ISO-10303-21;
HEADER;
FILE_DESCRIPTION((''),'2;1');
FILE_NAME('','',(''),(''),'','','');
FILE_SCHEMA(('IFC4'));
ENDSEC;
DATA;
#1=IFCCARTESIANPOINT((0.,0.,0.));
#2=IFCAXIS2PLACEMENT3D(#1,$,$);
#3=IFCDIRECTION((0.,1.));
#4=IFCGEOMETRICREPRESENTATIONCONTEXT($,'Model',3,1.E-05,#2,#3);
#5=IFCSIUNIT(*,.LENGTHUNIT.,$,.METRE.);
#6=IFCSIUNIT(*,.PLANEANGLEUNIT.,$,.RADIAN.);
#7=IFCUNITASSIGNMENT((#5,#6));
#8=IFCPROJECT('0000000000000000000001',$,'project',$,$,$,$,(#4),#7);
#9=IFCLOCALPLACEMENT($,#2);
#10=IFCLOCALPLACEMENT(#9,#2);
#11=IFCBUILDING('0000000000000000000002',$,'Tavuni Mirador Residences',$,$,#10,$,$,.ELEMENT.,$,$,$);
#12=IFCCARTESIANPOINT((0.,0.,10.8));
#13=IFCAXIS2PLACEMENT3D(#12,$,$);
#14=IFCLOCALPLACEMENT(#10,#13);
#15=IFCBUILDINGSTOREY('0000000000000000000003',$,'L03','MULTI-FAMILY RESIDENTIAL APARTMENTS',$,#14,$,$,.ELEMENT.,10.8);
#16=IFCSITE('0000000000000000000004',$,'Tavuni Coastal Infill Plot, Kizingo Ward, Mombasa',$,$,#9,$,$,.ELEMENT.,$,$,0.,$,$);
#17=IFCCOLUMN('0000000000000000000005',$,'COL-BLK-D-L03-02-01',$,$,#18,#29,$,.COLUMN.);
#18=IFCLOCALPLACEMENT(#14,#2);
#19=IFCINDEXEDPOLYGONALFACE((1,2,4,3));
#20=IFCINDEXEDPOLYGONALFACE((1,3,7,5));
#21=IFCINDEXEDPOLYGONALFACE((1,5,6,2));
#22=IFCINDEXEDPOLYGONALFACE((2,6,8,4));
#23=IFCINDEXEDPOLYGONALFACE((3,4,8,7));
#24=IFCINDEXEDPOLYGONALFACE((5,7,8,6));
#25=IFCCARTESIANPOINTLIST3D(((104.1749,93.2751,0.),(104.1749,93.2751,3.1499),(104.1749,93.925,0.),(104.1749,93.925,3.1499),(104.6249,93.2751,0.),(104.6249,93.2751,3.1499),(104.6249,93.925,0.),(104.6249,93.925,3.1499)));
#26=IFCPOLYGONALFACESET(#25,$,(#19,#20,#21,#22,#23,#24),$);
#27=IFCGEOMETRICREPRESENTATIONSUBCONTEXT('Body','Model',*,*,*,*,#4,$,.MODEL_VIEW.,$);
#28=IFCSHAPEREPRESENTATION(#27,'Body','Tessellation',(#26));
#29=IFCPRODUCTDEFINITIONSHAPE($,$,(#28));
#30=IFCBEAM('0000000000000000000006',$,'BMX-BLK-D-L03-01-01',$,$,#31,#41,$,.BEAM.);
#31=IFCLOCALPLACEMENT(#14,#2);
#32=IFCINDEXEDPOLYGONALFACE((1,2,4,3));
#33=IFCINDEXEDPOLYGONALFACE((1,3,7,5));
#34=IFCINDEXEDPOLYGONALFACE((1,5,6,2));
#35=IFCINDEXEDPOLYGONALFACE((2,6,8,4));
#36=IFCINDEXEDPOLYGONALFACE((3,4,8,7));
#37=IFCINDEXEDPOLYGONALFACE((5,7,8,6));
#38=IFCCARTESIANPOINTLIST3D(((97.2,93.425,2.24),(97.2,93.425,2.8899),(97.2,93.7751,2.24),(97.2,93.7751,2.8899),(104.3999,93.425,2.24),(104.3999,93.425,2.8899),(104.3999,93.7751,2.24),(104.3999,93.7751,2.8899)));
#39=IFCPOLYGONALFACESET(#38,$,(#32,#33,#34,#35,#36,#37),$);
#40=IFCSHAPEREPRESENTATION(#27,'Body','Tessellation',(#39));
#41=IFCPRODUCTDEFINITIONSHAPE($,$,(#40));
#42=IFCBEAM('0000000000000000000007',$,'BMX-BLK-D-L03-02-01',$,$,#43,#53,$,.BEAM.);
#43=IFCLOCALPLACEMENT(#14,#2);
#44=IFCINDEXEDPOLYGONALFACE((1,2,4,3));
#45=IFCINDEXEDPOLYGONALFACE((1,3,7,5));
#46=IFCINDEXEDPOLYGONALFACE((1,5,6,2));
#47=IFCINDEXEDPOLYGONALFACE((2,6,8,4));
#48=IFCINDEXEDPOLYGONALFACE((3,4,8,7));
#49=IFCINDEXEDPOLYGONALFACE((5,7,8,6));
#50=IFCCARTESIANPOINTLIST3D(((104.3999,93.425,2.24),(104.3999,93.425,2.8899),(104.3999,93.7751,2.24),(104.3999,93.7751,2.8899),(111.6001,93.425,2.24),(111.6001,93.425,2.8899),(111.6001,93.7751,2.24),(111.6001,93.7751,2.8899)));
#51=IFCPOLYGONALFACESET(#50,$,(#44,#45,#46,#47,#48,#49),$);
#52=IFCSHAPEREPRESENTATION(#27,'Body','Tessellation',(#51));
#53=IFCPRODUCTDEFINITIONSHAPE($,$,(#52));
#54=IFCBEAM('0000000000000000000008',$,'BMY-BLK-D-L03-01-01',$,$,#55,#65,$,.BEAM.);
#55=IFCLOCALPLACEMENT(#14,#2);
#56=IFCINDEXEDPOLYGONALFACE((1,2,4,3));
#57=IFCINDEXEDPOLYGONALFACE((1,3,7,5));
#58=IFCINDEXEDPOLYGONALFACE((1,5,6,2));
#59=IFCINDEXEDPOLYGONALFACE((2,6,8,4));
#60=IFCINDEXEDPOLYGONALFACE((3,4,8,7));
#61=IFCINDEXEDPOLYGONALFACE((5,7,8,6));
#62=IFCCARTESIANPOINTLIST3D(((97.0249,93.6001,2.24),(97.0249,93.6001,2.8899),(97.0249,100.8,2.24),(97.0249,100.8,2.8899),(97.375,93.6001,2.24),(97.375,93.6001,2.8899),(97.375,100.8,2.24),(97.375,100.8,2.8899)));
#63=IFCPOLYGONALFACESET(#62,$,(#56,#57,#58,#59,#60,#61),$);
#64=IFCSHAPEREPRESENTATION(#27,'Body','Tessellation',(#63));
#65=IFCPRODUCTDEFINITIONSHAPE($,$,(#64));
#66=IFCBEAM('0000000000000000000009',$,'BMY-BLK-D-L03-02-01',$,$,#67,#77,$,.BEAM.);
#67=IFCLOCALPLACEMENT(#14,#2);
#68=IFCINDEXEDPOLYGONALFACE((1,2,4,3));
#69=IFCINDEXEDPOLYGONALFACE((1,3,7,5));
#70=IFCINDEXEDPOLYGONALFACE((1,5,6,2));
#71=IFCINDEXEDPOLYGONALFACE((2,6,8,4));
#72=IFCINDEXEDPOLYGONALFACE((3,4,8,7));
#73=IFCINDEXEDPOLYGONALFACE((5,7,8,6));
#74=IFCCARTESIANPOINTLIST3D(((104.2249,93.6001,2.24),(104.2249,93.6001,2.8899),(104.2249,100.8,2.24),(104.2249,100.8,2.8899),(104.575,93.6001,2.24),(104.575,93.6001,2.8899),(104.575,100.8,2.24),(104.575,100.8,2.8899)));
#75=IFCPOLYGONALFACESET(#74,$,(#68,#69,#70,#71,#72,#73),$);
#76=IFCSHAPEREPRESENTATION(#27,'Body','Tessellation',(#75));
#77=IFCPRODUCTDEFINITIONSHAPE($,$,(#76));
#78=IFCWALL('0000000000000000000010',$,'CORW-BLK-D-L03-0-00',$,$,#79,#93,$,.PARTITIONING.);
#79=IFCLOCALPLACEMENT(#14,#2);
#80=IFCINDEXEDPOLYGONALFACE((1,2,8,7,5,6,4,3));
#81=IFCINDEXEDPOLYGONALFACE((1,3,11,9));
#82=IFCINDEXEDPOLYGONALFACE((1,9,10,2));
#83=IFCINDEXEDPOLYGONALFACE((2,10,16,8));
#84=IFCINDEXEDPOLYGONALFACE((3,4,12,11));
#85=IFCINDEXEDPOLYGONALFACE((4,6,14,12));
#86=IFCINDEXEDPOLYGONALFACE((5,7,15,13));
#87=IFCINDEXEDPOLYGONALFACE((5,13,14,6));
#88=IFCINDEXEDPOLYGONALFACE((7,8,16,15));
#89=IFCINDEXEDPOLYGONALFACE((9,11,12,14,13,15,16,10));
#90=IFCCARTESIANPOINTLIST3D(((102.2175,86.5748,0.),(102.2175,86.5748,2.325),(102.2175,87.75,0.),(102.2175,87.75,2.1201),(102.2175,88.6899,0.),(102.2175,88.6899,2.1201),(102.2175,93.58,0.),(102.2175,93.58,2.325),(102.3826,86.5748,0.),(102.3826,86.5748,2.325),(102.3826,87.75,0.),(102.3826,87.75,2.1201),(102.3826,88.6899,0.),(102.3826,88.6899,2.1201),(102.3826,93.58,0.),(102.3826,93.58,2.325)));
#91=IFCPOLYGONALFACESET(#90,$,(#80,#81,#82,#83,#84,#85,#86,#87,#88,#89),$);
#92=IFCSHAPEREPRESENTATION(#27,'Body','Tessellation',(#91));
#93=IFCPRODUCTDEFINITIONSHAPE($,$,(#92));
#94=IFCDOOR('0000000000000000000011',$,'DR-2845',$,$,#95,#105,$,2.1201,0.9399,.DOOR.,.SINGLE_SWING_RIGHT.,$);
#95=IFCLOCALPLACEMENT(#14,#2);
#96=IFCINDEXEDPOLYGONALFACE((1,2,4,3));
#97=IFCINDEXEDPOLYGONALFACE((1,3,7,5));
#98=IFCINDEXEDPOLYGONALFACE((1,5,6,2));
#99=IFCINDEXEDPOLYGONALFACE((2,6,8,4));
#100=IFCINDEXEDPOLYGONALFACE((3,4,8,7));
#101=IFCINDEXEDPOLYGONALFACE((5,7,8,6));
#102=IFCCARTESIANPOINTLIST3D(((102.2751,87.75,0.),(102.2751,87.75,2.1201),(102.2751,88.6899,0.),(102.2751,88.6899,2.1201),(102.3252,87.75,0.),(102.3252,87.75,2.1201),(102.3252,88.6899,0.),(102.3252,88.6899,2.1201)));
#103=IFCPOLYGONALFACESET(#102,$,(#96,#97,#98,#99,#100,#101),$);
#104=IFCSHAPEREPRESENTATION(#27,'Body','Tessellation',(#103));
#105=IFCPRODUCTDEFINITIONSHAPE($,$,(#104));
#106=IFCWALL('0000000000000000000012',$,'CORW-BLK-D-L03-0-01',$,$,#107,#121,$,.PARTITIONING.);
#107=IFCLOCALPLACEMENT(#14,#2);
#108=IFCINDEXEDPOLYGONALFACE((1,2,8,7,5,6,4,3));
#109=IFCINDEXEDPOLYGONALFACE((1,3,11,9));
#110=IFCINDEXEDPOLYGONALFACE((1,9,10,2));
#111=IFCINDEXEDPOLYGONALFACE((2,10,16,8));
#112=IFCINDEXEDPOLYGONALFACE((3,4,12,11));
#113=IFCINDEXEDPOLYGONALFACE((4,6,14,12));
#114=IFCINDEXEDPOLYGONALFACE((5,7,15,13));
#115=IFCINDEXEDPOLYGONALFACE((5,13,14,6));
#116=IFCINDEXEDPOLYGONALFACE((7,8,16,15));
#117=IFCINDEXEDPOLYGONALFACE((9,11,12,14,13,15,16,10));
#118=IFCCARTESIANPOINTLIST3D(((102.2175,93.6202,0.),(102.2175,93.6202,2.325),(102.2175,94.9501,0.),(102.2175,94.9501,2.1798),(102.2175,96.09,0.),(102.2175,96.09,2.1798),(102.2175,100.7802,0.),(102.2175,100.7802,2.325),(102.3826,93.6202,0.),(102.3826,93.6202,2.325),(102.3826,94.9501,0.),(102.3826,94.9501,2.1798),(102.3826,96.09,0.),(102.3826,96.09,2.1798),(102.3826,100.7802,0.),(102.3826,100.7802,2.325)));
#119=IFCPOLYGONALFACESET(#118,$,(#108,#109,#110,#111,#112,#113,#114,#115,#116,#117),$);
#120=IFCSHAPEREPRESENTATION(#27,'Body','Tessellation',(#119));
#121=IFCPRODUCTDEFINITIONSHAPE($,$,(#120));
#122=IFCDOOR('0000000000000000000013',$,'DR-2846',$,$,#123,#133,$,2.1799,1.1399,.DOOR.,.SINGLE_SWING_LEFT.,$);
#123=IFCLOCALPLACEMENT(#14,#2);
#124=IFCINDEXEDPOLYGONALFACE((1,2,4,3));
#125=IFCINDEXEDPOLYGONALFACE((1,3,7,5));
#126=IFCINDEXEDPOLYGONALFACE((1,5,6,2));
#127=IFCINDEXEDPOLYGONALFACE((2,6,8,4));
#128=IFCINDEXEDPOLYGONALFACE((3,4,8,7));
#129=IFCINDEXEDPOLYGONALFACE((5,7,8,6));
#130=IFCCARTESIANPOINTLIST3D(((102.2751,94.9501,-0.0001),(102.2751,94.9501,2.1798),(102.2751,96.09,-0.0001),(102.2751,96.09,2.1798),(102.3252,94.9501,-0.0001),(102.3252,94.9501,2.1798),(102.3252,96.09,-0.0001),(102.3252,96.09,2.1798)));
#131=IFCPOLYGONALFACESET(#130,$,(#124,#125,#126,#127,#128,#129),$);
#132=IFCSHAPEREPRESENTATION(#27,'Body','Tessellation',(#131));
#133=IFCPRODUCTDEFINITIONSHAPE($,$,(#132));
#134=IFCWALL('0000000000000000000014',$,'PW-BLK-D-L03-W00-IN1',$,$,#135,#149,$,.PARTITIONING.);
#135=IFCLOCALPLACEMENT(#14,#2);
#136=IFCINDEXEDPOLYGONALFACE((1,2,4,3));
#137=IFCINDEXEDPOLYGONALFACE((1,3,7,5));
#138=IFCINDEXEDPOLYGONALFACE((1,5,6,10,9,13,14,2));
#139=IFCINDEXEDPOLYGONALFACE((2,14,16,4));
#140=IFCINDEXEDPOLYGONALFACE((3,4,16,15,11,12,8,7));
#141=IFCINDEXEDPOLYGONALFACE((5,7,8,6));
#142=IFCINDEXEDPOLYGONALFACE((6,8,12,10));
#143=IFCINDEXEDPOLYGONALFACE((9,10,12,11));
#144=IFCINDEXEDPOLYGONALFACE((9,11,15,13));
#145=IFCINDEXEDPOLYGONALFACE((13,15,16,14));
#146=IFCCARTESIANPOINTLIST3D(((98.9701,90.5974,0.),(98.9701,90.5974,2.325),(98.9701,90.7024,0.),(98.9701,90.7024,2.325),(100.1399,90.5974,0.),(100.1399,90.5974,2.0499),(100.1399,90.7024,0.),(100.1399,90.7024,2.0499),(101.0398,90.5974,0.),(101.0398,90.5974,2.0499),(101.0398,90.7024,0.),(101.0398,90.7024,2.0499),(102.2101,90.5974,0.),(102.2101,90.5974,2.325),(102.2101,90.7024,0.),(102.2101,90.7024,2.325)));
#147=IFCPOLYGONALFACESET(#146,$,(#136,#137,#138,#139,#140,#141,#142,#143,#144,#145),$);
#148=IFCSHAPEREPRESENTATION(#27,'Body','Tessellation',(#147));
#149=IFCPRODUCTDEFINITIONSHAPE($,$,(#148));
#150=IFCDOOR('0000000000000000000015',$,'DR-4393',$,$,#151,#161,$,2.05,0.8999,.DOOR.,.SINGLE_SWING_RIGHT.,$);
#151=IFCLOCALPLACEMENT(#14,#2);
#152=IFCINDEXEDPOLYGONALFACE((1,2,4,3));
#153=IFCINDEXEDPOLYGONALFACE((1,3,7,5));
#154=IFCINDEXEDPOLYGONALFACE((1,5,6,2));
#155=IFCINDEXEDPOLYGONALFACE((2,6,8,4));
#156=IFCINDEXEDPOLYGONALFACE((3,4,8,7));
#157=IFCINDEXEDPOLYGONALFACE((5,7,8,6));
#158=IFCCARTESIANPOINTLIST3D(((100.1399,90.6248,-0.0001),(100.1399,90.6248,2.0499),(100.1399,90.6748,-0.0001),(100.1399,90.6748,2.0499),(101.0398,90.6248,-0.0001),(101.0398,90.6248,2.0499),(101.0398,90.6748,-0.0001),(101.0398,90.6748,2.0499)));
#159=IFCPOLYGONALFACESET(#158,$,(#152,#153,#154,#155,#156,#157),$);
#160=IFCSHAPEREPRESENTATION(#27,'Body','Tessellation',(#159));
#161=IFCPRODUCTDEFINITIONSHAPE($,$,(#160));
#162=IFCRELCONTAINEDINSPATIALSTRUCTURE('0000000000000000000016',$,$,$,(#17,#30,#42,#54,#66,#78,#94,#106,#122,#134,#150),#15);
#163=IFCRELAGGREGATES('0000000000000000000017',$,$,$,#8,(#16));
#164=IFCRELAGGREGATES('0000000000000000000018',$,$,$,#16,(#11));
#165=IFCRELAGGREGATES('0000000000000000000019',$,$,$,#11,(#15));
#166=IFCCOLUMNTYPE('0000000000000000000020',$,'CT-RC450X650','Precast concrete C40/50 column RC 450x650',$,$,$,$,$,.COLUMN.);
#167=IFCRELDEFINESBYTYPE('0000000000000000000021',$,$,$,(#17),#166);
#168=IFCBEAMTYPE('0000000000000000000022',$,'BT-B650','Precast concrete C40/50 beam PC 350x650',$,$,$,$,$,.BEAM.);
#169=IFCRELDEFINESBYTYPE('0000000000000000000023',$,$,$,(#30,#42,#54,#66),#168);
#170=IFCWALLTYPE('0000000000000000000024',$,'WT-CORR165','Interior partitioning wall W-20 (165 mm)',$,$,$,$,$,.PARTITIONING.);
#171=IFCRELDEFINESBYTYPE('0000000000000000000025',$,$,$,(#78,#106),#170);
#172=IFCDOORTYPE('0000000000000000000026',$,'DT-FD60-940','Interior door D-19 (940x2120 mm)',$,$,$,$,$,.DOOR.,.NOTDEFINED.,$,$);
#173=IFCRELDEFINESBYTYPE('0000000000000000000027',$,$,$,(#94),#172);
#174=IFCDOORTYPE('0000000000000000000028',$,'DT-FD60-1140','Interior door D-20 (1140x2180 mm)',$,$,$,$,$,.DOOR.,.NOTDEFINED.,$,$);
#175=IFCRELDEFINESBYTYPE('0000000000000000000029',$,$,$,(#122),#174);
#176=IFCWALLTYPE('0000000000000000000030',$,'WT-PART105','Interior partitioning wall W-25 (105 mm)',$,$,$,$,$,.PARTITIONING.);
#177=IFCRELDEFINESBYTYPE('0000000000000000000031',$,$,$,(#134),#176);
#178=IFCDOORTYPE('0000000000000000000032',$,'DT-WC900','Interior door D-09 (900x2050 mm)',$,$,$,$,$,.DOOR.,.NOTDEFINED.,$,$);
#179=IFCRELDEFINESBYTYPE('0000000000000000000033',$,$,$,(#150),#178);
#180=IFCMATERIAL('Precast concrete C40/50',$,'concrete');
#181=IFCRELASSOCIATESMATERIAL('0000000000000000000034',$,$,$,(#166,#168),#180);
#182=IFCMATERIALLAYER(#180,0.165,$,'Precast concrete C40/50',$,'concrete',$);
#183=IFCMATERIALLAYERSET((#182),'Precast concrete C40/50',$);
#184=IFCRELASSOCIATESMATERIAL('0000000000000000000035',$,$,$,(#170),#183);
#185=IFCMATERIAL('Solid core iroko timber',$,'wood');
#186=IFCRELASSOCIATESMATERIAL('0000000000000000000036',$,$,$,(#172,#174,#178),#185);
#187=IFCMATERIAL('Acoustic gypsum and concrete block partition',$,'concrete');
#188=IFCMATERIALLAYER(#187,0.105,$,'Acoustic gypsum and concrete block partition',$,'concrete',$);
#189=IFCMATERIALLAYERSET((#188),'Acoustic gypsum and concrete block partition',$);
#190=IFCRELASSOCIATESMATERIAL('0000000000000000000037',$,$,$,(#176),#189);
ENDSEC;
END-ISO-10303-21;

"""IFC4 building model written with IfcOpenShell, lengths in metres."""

from ifc_helpers import new_model, si_unit, direction, frame, frame_2d, origin, origin_2d, place, context, subcontext, project, spatial, rectangle, extrude, material, layer, layer_set, material_profile, profile_set, type_object, element, fill, save


model = new_model("IFC4")

# Units and contexts
model_context = context("Model", 3, precision=1e-05, world=origin(), true_north=direction((0.0, 1.0)))
body_context = subcontext(model_context, "Body", "Model", "MODEL_VIEW")
ifc_project = project(units=[si_unit("LENGTHUNIT", "METRE"), si_unit("PLANEANGLEUNIT", "RADIAN")], contexts=[model_context])

# Site, building, storey
site_placement = place(None, origin())
site = spatial("IfcSite", under=ifc_project, at=site_placement, Name="Tavuni Coastal Infill Plot, Kizingo Ward, Mombasa", CompositionType="ELEMENT", RefElevation=0.0)
building_placement = place(site_placement, origin())
building = spatial("IfcBuilding", under=site, at=building_placement, Name="Tavuni Mirador Residences", CompositionType="ELEMENT")
storey_placement = place(building_placement, frame((0.0, 0.0, 10.8)))
storey = spatial("IfcBuildingStorey", under=building, at=storey_placement, Name="L03", Description="MULTI-FAMILY RESIDENTIAL APARTMENTS", CompositionType="ELEMENT", Elevation=10.8)

# Column
ifc_material_1 = material(Name="Precast concrete C40/50", Category="concrete")
ifc_material_profile_1 = material_profile(ifc_material_1, rectangle(XDim=0.45, YDim=0.6499, at=origin_2d()), Name="RC 450x650", Category="concrete")
ifc_profile_set_1 = profile_set([ifc_material_profile_1], Name="Precast concrete C40/50")
column_type = type_object("IfcColumnType", Name="CT-RC450X650", Description="Precast concrete C40/50 column RC 450x650", PredefinedType="COLUMN", material=ifc_profile_set_1)
column_placement = place(storey_placement, frame((104.3999, 93.6001, 0.0), z_axis=(0.0, 0.0, 1.0), x_axis=(1.0, 0.0, 0.0)))
element("IfcColumn", 1, at=column_placement, inside=storey, type_object=column_type, Name="COL-BLK-D-L03-02-01", PredefinedType="COLUMN", context=body_context, shape_type="SweptSolid", body=[
    extrude(rectangle(XDim=0.45, YDim=0.6499, at=origin_2d()), origin(), (0.0, 0.0, 1.0), 3.1499),
])

# Beams
ifc_material_profile_2 = material_profile(ifc_material_1, rectangle(XDim=0.3501, YDim=0.6499, at=origin_2d()), Name="PC 350x650", Category="concrete")
ifc_profile_set_2 = profile_set([ifc_material_profile_2], Name="Precast concrete C40/50")
beam_type = type_object("IfcBeamType", Name="BT-B650", Description="Precast concrete C40/50 beam PC 350x650", PredefinedType="BEAM", material=ifc_profile_set_2)
beam_1_placement = place(storey_placement, frame((97.2, 93.6001, 2.5649), z_axis=(1.0, 0.0, 0.0), x_axis=(0.0, 1.0, 0.0)))
element("IfcBeam", 2, at=beam_1_placement, inside=storey, type_object=beam_type, Name="BMX-BLK-D-L03-01-01", PredefinedType="BEAM", context=body_context, shape_type="SweptSolid", body=[
    extrude(rectangle(XDim=0.3501, YDim=0.6499, at=origin_2d()), origin(), (0.0, 0.0, 1.0), 7.2),
])
beam_2_placement = place(storey_placement, frame((104.3999, 93.6001, 2.5649), z_axis=(1.0, 0.0, 0.0), x_axis=(0.0, 1.0, 0.0)))
element("IfcBeam", 3, at=beam_2_placement, inside=storey, type_object=beam_type, Name="BMX-BLK-D-L03-02-01", PredefinedType="BEAM", context=body_context, shape_type="SweptSolid", body=[
    extrude(rectangle(XDim=0.3501, YDim=0.6499, at=origin_2d()), origin(), (0.0, 0.0, 1.0), 7.2002),
])
for number, where, z_axis, x_axis, name in (
    (4, (97.2, 93.6001, 2.5649), (0.0, 1.0, 0.0), (-1.0, 0.0, 0.0), "BMY-BLK-D-L03-01-01"),
    (5, (104.3999, 93.6001, 2.5649), (0.0, 1.0, 0.0), (-1.0, 0.0, 0.0), "BMY-BLK-D-L03-02-01"),
):
    element("IfcBeam", number, at=place(storey_placement, frame(where, z_axis=z_axis, x_axis=x_axis)), inside=storey, type_object=beam_type, Name=name, PredefinedType="BEAM", context=body_context, shape_type="SweptSolid", body=[
        extrude(rectangle(XDim=0.3501, YDim=0.6499, at=origin_2d()), origin(), (0.0, 0.0, 1.0), 7.2),
    ])

# Walls, openings, doors
ifc_layer_1 = layer(ifc_material_1, 0.165, Name="Precast concrete C40/50", Category="concrete")
ifc_layer_set_1 = layer_set([ifc_layer_1], Name="Precast concrete C40/50")
wall_type_1 = type_object("IfcWallType", Name="WT-CORR165", Description="Interior partitioning wall W-20 (165 mm)", PredefinedType="PARTITIONING", material=ifc_layer_set_1)
wall_1_placement = place(storey_placement, frame((102.3, 86.575, 0.0), z_axis=(0.0, 0.0, 1.0), x_axis=(0.0, 1.0, 0.0)))
wall_1 = element("IfcWall", 6, at=wall_1_placement, inside=storey, type_object=wall_type_1, Name="CORW-BLK-D-L03-0-00", PredefinedType="PARTITIONING", context=body_context, shape_type="SweptSolid", body=[
    extrude(rectangle(XDim=7.0051, YDim=0.165, at=frame_2d((3.5024, 0.0))), origin(), (0.0, 0.0, 1.0), 2.325),
])
opening_1_placement = place(wall_1_placement, frame((1.175, 0.0, 0.0)))
opening_1 = element("IfcOpeningElement", 7, at=opening_1_placement, cuts=wall_1, PredefinedType="OPENING", context=body_context, shape_type="SweptSolid", body=[
    extrude(rectangle(XDim=0.9399, YDim=2.1201, at=frame_2d((0.47, 1.0601))), frame((0.0, 0.0925, 0.0), z_axis=(0.0, -1.0, 0.0), x_axis=(1.0, 0.0, 0.0)), (0.0, 0.0, 1.0), 0.1851),
])
ifc_material_2 = material(Name="Solid core iroko timber", Category="wood")
door_type_1 = type_object("IfcDoorType", Name="DT-FD60-940", Description="Interior door D-19 (940x2120 mm)", OperationType="NOTDEFINED", PredefinedType="DOOR", material=ifc_material_2)
door_1_placement = place(opening_1_placement, origin())
door_1 = element("IfcDoor", 8, at=door_1_placement, inside=storey, type_object=door_type_1, Name="DR-2845", OperationType="SINGLE_SWING_RIGHT", OverallHeight=2.1201, OverallWidth=0.9399, PredefinedType="DOOR", context=body_context, shape_type="SweptSolid", body=[
    extrude(rectangle(XDim=0.9399, YDim=2.1201, at=frame_2d((0.47, 1.0601))), frame((0.0, 0.0249, 0.0), z_axis=(0.0, -1.0, 0.0), x_axis=(1.0, 0.0, 0.0)), (0.0, 0.0, 1.0), 0.05),
])
fill(opening_1, door_1)
wall_2_placement = place(storey_placement, frame((102.3, 93.6201, 0.0), z_axis=(0.0, 0.0, 1.0), x_axis=(0.0, 1.0, 0.0)))
wall_2 = element("IfcWall", 9, at=wall_2_placement, inside=storey, type_object=wall_type_1, Name="CORW-BLK-D-L03-0-01", PredefinedType="PARTITIONING", context=body_context, shape_type="SweptSolid", body=[
    extrude(rectangle(XDim=7.1599, YDim=0.165, at=frame_2d((3.5801, 0.0))), origin(), (0.0, 0.0, 1.0), 2.325),
])
opening_2_placement = place(wall_2_placement, frame((1.3301, 0.0, 0.0)))
opening_2 = element("IfcOpeningElement", 10, at=opening_2_placement, cuts=wall_2, PredefinedType="OPENING", context=body_context, shape_type="SweptSolid", body=[
    extrude(rectangle(XDim=1.1399, YDim=2.1799, at=frame_2d((0.5698, 1.0898))), frame((0.0, 0.0925, 0.0), z_axis=(0.0, -1.0, 0.0), x_axis=(1.0, 0.0, 0.0)), (0.0, 0.0, 1.0), 0.1851),
])
door_type_2 = type_object("IfcDoorType", Name="DT-FD60-1140", Description="Interior door D-20 (1140x2180 mm)", OperationType="NOTDEFINED", PredefinedType="DOOR", material=ifc_material_2)
door_2_placement = place(opening_2_placement, origin())
door_2 = element("IfcDoor", 11, at=door_2_placement, inside=storey, type_object=door_type_2, Name="DR-2846", OperationType="SINGLE_SWING_LEFT", OverallHeight=2.1799, OverallWidth=1.1399, PredefinedType="DOOR", context=body_context, shape_type="SweptSolid", body=[
    extrude(rectangle(XDim=1.1399, YDim=2.1799, at=frame_2d((0.5698, 1.0898))), frame((0.0, 0.0249, 0.0), z_axis=(0.0, -1.0, 0.0), x_axis=(1.0, 0.0, 0.0)), (0.0, 0.0, 1.0), 0.05),
])
fill(opening_2, door_2)
ifc_material_3 = material(Name="Acoustic gypsum and concrete block partition", Category="concrete")
ifc_layer_2 = layer(ifc_material_3, 0.105, Name="Acoustic gypsum and concrete block partition", Category="concrete")
ifc_layer_set_2 = layer_set([ifc_layer_2], Name="Acoustic gypsum and concrete block partition")
wall_type_2 = type_object("IfcWallType", Name="WT-PART105", Description="Interior partitioning wall W-25 (105 mm)", PredefinedType="PARTITIONING", material=ifc_layer_set_2)
wall_3_placement = place(storey_placement, frame((98.97, 90.6499, 0.0), z_axis=(0.0, 0.0, 1.0), x_axis=(1.0, 0.0, 0.0)))
wall_3 = element("IfcWall", 12, at=wall_3_placement, inside=storey, type_object=wall_type_2, Name="PW-BLK-D-L03-W00-IN1", PredefinedType="PARTITIONING", context=body_context, shape_type="SweptSolid", body=[
    extrude(rectangle(XDim=3.24, YDim=0.105, at=frame_2d((1.6201, 0.0))), origin(), (0.0, 0.0, 1.0), 2.325),
])
opening_3_placement = place(wall_3_placement, frame((1.1699, 0.0, 0.0)))
opening_3 = element("IfcOpeningElement", 13, at=opening_3_placement, cuts=wall_3, PredefinedType="OPENING", context=body_context, shape_type="SweptSolid", body=[
    extrude(rectangle(XDim=0.8999, YDim=2.05, at=frame_2d((0.45, 1.0249))), frame((0.0, 0.0625, 0.0), z_axis=(0.0, -1.0, 0.0), x_axis=(1.0, 0.0, 0.0)), (0.0, 0.0, 1.0), 0.125),
])
door_type_3 = type_object("IfcDoorType", Name="DT-WC900", Description="Interior door D-09 (900x2050 mm)", OperationType="NOTDEFINED", PredefinedType="DOOR", material=ifc_material_2)
door_3_placement = place(opening_3_placement, origin())
door_3 = element("IfcDoor", 14, at=door_3_placement, inside=storey, type_object=door_type_3, Name="DR-4393", OperationType="SINGLE_SWING_RIGHT", OverallHeight=2.05, OverallWidth=0.8999, PredefinedType="DOOR", context=body_context, shape_type="SweptSolid", body=[
    extrude(rectangle(XDim=0.8999, YDim=2.05, at=frame_2d((0.45, 1.0249))), frame((0.0, 0.0249, 0.0), z_axis=(0.0, -1.0, 0.0), x_axis=(1.0, 0.0, 0.0)), (0.0, 0.0, 1.0), 0.05),
])
fill(opening_3, door_3)

save(model, "model.ifc")
